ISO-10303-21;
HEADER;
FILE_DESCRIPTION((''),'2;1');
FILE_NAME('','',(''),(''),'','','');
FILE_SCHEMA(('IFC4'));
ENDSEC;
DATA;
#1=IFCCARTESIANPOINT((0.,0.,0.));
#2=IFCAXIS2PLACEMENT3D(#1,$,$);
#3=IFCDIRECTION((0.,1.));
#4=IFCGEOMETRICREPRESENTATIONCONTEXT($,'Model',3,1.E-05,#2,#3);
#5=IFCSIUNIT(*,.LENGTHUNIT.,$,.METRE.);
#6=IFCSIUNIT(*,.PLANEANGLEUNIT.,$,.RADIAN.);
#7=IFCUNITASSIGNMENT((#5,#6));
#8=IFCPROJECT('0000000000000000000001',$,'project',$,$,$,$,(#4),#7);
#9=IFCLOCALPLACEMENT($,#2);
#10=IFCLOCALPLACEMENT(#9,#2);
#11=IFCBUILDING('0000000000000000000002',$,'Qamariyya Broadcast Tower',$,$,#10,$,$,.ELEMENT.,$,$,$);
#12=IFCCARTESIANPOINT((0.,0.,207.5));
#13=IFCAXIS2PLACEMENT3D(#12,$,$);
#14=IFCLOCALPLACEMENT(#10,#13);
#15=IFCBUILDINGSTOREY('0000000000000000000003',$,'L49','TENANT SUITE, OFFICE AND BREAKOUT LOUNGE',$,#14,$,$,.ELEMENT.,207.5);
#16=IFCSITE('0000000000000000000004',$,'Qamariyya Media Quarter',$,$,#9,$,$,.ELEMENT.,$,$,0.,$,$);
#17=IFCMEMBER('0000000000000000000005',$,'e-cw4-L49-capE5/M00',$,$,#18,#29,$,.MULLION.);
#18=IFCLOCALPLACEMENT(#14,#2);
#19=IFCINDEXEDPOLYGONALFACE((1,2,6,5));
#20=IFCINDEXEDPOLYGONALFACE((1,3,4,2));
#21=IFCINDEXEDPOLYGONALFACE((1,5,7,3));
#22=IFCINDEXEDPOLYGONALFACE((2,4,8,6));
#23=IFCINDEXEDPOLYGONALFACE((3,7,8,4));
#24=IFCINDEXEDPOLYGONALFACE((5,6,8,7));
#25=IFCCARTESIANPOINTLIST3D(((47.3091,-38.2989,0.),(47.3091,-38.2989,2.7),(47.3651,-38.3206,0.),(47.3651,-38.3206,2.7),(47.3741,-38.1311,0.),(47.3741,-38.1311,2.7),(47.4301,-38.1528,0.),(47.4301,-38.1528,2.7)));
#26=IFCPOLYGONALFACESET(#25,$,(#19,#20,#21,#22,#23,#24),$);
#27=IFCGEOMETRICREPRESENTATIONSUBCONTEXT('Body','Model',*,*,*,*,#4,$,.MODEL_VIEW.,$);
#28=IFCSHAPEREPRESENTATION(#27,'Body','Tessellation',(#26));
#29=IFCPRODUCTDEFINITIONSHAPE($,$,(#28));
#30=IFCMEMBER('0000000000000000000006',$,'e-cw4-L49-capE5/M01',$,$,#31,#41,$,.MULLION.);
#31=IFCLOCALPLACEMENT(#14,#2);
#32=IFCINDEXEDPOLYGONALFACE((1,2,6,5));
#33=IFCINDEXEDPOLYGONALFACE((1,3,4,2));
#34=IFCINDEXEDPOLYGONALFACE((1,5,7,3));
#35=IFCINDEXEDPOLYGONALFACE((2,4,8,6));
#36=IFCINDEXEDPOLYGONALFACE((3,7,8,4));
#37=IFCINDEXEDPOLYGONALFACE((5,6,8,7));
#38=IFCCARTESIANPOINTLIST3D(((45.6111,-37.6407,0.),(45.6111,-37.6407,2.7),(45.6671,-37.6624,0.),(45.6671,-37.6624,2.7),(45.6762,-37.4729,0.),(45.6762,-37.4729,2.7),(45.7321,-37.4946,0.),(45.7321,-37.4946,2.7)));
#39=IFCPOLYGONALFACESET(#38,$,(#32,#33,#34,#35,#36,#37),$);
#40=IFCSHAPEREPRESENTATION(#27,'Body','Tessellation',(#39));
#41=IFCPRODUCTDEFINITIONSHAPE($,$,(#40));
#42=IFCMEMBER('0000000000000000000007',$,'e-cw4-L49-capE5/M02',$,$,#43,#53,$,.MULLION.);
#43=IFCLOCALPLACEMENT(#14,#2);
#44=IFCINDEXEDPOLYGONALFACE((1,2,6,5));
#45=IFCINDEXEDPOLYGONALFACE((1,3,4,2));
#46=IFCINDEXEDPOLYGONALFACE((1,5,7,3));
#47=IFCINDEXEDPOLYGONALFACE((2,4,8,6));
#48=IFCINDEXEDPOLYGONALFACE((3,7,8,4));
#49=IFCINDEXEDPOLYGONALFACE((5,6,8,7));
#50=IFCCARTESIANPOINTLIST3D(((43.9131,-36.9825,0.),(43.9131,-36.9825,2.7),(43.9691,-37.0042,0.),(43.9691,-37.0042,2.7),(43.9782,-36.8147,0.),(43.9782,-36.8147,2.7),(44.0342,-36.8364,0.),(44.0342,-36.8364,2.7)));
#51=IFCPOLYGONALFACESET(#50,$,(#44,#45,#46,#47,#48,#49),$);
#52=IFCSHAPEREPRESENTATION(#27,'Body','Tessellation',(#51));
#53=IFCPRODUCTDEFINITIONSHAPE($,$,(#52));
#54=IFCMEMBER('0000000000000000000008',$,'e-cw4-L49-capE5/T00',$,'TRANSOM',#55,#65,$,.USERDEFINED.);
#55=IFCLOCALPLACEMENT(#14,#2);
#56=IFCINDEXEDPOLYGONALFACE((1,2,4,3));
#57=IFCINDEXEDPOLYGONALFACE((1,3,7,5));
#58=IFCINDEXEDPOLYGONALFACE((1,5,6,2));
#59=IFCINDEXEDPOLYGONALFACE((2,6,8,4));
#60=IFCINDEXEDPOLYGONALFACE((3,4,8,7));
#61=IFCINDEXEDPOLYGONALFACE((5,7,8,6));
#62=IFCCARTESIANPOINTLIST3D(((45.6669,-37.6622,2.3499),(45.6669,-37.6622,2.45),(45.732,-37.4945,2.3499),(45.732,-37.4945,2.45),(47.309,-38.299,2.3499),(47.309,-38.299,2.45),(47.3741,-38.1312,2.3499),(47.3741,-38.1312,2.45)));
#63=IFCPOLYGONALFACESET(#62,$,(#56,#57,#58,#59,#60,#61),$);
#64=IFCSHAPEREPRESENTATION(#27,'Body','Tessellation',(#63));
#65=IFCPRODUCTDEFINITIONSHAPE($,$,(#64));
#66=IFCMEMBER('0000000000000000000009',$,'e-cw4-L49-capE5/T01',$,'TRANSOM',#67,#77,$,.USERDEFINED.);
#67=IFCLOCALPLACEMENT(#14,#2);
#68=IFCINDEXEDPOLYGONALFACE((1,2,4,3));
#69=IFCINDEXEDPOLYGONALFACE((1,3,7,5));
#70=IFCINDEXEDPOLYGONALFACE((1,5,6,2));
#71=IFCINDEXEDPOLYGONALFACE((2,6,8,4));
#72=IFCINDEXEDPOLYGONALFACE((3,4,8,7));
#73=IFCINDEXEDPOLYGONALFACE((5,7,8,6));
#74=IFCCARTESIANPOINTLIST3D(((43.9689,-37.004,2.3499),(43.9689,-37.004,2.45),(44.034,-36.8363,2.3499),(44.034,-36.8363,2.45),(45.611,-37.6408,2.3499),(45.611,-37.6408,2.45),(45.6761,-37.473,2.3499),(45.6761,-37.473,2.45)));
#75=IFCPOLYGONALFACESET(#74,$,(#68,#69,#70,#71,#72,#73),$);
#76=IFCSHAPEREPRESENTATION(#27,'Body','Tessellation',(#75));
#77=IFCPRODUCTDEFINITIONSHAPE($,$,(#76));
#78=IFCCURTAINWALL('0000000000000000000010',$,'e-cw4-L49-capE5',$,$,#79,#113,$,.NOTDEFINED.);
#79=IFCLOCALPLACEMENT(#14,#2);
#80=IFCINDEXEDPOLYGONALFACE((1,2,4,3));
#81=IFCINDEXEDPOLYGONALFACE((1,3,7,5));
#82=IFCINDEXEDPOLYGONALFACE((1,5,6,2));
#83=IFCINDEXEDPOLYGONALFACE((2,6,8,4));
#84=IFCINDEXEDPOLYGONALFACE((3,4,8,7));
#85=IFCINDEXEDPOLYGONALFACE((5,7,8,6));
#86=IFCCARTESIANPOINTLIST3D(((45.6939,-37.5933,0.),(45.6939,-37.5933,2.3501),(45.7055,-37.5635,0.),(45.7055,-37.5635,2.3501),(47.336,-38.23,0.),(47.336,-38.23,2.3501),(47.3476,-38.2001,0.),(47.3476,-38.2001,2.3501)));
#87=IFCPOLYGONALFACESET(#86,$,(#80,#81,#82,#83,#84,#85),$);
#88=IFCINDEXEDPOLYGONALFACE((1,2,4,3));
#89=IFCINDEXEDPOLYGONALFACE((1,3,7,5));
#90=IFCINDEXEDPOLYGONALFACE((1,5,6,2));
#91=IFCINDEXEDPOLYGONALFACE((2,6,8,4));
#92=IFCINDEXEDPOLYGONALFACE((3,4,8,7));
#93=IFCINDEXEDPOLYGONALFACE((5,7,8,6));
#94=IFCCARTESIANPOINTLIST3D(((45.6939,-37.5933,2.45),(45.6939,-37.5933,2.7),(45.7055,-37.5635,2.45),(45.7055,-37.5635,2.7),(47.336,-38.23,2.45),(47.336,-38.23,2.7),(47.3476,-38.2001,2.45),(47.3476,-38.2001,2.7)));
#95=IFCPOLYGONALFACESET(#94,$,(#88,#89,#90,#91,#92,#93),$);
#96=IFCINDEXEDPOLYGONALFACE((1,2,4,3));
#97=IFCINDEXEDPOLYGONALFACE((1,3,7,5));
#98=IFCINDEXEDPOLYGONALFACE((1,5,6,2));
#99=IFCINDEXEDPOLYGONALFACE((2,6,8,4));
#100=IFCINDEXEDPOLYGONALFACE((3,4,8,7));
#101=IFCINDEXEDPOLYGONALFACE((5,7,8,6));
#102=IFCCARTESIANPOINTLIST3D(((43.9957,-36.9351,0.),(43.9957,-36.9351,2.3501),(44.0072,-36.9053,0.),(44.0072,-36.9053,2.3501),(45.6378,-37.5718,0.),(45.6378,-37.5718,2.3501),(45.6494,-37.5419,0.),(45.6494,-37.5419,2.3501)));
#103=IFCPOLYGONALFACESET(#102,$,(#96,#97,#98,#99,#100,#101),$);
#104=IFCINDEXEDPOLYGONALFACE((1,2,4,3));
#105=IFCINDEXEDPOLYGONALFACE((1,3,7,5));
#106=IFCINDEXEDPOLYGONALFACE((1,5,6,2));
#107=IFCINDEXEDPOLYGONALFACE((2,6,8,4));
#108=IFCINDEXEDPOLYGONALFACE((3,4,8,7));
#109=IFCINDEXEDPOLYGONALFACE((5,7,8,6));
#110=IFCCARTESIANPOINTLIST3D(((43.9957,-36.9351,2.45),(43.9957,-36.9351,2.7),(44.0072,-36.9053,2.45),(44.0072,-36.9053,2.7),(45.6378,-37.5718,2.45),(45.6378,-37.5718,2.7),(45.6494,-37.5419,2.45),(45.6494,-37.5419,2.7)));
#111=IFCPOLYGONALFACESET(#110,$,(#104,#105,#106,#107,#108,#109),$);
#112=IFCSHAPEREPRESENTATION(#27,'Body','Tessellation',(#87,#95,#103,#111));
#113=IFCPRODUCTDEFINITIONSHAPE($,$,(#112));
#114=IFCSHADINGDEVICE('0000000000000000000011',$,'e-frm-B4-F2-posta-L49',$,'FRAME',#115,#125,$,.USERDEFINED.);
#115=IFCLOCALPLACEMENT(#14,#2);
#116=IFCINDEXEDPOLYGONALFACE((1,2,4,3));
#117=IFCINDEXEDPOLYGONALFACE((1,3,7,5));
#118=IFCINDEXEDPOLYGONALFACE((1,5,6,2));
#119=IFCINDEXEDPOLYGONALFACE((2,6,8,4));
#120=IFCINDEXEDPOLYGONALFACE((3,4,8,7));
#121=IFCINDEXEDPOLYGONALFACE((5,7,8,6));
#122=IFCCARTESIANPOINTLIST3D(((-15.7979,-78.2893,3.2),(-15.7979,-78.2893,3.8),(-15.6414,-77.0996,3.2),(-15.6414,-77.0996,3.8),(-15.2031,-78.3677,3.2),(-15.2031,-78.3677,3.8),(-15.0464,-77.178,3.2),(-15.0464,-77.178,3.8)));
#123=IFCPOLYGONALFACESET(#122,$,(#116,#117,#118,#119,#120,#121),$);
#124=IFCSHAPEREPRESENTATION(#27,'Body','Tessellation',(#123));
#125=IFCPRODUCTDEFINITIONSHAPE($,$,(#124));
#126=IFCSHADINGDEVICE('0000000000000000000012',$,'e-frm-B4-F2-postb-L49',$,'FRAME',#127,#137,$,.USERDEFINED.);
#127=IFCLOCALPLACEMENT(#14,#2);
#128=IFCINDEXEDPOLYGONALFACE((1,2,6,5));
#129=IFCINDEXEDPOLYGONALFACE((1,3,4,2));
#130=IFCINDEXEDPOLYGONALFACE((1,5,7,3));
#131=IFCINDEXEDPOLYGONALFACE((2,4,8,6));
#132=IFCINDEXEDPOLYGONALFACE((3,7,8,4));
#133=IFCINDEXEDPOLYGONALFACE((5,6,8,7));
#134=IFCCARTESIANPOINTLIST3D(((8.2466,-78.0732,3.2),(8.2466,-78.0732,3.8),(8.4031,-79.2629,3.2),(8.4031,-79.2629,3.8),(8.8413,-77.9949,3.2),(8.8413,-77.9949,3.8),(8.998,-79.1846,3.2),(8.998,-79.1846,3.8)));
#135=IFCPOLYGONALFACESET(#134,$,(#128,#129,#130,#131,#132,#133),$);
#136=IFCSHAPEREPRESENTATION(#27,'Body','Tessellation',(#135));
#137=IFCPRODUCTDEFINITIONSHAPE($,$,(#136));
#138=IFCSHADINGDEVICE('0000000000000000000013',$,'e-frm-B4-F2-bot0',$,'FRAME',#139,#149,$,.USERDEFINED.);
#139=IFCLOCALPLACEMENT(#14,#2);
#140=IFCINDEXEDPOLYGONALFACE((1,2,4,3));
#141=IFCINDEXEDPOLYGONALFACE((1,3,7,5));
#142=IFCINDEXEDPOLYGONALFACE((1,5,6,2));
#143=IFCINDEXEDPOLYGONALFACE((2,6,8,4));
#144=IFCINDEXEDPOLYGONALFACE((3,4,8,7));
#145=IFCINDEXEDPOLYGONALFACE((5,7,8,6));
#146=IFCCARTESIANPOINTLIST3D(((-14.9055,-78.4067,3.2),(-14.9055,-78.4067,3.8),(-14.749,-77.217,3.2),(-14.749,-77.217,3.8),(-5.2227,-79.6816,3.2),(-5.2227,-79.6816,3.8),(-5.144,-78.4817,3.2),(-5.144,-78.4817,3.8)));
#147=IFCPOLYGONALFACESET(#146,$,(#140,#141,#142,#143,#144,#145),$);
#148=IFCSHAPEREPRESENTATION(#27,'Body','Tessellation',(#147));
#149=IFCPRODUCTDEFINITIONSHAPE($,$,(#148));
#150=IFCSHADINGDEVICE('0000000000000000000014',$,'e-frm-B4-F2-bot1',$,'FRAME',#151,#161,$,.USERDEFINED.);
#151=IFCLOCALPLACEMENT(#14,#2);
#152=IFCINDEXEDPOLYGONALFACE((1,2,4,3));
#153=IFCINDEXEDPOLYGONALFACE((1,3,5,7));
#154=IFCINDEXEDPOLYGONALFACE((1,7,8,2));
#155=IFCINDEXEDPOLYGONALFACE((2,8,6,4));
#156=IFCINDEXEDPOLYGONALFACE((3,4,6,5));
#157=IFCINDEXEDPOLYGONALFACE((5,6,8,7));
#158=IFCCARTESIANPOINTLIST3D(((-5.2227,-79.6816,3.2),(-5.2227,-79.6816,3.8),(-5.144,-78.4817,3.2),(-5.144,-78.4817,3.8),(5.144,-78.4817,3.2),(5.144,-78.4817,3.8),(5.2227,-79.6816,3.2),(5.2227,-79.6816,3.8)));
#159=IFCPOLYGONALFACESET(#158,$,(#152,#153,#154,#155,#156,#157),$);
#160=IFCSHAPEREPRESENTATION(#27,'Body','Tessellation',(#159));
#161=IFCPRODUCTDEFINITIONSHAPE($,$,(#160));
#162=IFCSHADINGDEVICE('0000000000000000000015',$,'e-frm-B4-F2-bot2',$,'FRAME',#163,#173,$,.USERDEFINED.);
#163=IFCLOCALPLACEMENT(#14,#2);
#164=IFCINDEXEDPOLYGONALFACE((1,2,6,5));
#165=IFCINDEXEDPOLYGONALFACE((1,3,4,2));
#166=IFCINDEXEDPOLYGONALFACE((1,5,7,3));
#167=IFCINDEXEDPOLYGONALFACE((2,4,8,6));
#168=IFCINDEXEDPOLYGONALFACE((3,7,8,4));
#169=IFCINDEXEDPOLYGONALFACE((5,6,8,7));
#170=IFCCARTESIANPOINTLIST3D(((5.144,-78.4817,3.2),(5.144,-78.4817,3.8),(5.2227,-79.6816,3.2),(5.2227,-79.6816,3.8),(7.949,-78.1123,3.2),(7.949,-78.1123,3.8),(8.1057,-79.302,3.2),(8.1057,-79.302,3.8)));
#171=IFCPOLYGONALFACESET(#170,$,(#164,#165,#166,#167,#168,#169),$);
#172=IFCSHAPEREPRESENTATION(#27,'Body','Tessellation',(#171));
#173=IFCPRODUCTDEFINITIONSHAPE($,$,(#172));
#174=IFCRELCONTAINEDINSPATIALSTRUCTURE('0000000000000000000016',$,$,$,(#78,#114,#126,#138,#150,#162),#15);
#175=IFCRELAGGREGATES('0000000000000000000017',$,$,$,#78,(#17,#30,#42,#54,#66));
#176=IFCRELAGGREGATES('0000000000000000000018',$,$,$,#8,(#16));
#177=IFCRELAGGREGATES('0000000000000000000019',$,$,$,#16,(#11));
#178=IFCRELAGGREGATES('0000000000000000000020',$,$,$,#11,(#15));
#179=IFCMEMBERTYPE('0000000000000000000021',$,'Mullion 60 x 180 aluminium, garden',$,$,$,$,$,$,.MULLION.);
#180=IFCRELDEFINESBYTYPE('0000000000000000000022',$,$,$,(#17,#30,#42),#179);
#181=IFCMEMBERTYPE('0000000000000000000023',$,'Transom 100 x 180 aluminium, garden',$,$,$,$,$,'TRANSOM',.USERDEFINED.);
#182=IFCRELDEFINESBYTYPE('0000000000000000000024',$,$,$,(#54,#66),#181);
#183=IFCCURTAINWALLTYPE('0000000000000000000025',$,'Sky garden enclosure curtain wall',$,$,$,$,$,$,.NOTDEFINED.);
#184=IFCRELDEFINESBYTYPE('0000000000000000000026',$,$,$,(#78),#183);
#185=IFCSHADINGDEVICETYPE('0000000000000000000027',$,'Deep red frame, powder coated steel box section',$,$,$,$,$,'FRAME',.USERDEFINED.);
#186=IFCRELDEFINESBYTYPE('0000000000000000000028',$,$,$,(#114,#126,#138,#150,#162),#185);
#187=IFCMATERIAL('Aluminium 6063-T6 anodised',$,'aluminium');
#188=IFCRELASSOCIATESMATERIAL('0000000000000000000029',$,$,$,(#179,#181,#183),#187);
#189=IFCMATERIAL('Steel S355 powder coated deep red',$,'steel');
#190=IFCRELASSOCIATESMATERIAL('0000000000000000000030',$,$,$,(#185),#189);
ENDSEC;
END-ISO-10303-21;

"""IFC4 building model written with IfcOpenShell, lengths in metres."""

from ifc_helpers import new_model, si_unit, direction, frame, origin, origin_2d, place, context, subcontext, project, spatial, polyline, rectangle, outline, extrude, material, material_profile, profile_set, type_object, element, aggregate, save


model = new_model("IFC4")

# Units and contexts
model_context = context("Model", 3, precision=1e-05, world=origin(), true_north=direction((0.0, 1.0)))
body_context = subcontext(model_context, "Body", "Model", "MODEL_VIEW")
ifc_project = project(units=[si_unit("LENGTHUNIT", "METRE"), si_unit("PLANEANGLEUNIT", "RADIAN")], contexts=[model_context])

# Members
ifc_material_1 = material(Name="Aluminium 6063-T6 anodised", Category="aluminium")
ifc_material_profile_1 = material_profile(ifc_material_1, rectangle(XDim=0.1799, YDim=0.0601, at=origin_2d()))
ifc_profile_set_1 = profile_set([ifc_material_profile_1], Name="Aluminium 6063-T6 anodised")
member_type_1 = type_object("IfcMemberType", Name="Mullion 60 x 180 aluminium, garden", PredefinedType="MULLION", material=ifc_profile_set_1)
site_placement = place(None, origin())
building_placement = place(site_placement, origin())
storey_placement = place(building_placement, frame((0.0, 0.0, 207.5)))
member_1_placement = place(storey_placement, frame((47.3696, -38.2258, 0.0), z_axis=(0.0, 0.0, 1.0), x_axis=(-0.361462, -0.932387, 0.0)))
member_1 = element("IfcMember", 1, at=member_1_placement, type_object=member_type_1, Name="e-cw4-L49-capE5/M00", PredefinedType="MULLION", context=body_context, shape_type="SweptSolid", body=[
    extrude(rectangle(XDim=0.1799, YDim=0.0601, at=origin_2d()), origin(), (0.0, 0.0, 1.0), 2.7),
])
member_2_placement = place(storey_placement, frame((45.6716, -37.5676, 0.0), z_axis=(0.0, 0.0, 1.0), x_axis=(-0.361462, -0.932387, 0.0)))
member_2 = element("IfcMember", 2, at=member_2_placement, type_object=member_type_1, Name="e-cw4-L49-capE5/M01", PredefinedType="MULLION", context=body_context, shape_type="SweptSolid", body=[
    extrude(rectangle(XDim=0.1799, YDim=0.0601, at=origin_2d()), origin(), (0.0, 0.0, 1.0), 2.7),
])
member_3_placement = place(storey_placement, frame((43.9736, -36.9094, 0.0), z_axis=(0.0, 0.0, 1.0), x_axis=(-0.361462, -0.932387, 0.0)))
member_3 = element("IfcMember", 3, at=member_3_placement, type_object=member_type_1, Name="e-cw4-L49-capE5/M02", PredefinedType="MULLION", context=body_context, shape_type="SweptSolid", body=[
    extrude(rectangle(XDim=0.1799, YDim=0.0601, at=origin_2d()), origin(), (0.0, 0.0, 1.0), 2.7),
])
ifc_material_profile_2 = material_profile(ifc_material_1, rectangle(XDim=0.1799, YDim=0.1001, at=origin_2d()))
ifc_profile_set_2 = profile_set([ifc_material_profile_2], Name="Aluminium 6063-T6 anodised")
member_type_2 = type_object("IfcMemberType", Name="Transom 100 x 180 aluminium, garden", ElementType="TRANSOM", PredefinedType="USERDEFINED", material=ifc_profile_set_2)
member_4_placement = place(storey_placement, frame((47.3416, -38.2151, 2.3999), z_axis=(-0.932363, 0.361523, 0.0), x_axis=(-0.361523, -0.932363, 0.0)))
member_4 = element("IfcMember", 4, at=member_4_placement, type_object=member_type_2, Name="e-cw4-L49-capE5/T00", ObjectType="TRANSOM", PredefinedType="USERDEFINED", context=body_context, shape_type="SweptSolid", body=[
    extrude(rectangle(XDim=0.1799, YDim=0.1001, at=origin_2d()), origin(), (0.0, 0.0, 1.0), 1.7612),
])
member_5_placement = place(storey_placement, frame((45.6436, -37.5569, 2.3999), z_axis=(-0.932363, 0.361523, 0.0), x_axis=(-0.361523, -0.932363, 0.0)))
member_5 = element("IfcMember", 5, at=member_5_placement, type_object=member_type_2, Name="e-cw4-L49-capE5/T01", ObjectType="TRANSOM", PredefinedType="USERDEFINED", context=body_context, shape_type="SweptSolid", body=[
    extrude(rectangle(XDim=0.1799, YDim=0.1001, at=origin_2d()), origin(), (0.0, 0.0, 1.0), 1.7612),
])

# Site, building, storey
site = spatial("IfcSite", under=ifc_project, at=site_placement, Name="Qamariyya Media Quarter", CompositionType="ELEMENT", RefElevation=0.0)
building = spatial("IfcBuilding", under=site, at=building_placement, Name="Qamariyya Broadcast Tower", CompositionType="ELEMENT")
storey = spatial("IfcBuildingStorey", under=building, at=storey_placement, Name="L49", Description="TENANT SUITE, OFFICE AND BREAKOUT LOUNGE", CompositionType="ELEMENT", Elevation=207.5)

# Curtain wall
curtain_wall_type = type_object("IfcCurtainWallType", Name="Sky garden enclosure curtain wall", PredefinedType="NOTDEFINED", material=ifc_material_1)
curtain_wall_1_placement = place(storey_placement, origin())
curtain_wall_1 = element("IfcCurtainWall", 6, at=curtain_wall_1_placement, inside=storey, type_object=curtain_wall_type, Name="e-cw4-L49-capE5", PredefinedType="NOTDEFINED", context=body_context, shape_type="SweptSolid", body=[
    extrude(rectangle(XDim=1.7612, YDim=0.032, at=origin_2d()), frame((46.5208, -37.8967, 0.0), x_axis=(-0.93238, 0.361479, 0.0)), (0.0, 0.0, 1.0), 2.3501),
    extrude(rectangle(XDim=1.7612, YDim=0.032, at=origin_2d()), frame((46.5208, -37.8967, 2.45), x_axis=(-0.93238, 0.361479, 0.0)), (0.0, 0.0, 1.0), 0.25),
    extrude(rectangle(XDim=1.7612, YDim=0.032, at=origin_2d()), frame((44.8225, -37.2385, 0.0), x_axis=(-0.93238, 0.361479, 0.0)), (0.0, 0.0, 1.0), 2.3501),
    extrude(rectangle(XDim=1.7612, YDim=0.032, at=origin_2d()), frame((44.8225, -37.2385, 2.45), x_axis=(-0.93238, 0.361479, 0.0)), (0.0, 0.0, 1.0), 0.25),
])
aggregate(curtain_wall_1, [member_1, member_2, member_3, member_4, member_5])

# Shading devices
ifc_material_2 = material(Name="Steel S355 powder coated deep red", Category="steel")
shading_device_type = type_object("IfcShadingDeviceType", Name="Deep red frame, powder coated steel box section", ElementType="FRAME", PredefinedType="USERDEFINED", material=ifc_material_2)
shading_device_1_placement = place(storey_placement, frame((0.0, 0.0, 3.2)))
element("IfcShadingDevice", 7, at=shading_device_1_placement, inside=storey, type_object=shading_device_type, Name="e-frm-B4-F2-posta-L49", ObjectType="FRAME", PredefinedType="USERDEFINED", context=body_context, shape_type="SweptSolid", body=[
    extrude(outline(polyline([(-15.6414, -77.0996), (-15.7979, -78.2893), (-15.2031, -78.3677), (-15.0464, -77.178), (-15.6414, -77.0996)])), origin(), (0.0, 0.0, 1.0), 0.6001),
])
shading_device_2_placement = place(storey_placement, frame((0.0, 0.0, 3.2)))
element("IfcShadingDevice", 8, at=shading_device_2_placement, inside=storey, type_object=shading_device_type, Name="e-frm-B4-F2-postb-L49", ObjectType="FRAME", PredefinedType="USERDEFINED", context=body_context, shape_type="SweptSolid", body=[
    extrude(outline(polyline([(8.2466, -78.0732), (8.4031, -79.2629), (8.998, -79.1846), (8.8413, -77.9949), (8.2466, -78.0732)])), origin(), (0.0, 0.0, 1.0), 0.6001),
])
shading_device_3_placement = place(storey_placement, frame((0.0, 0.0, 3.2)))
element("IfcShadingDevice", 9, at=shading_device_3_placement, inside=storey, type_object=shading_device_type, Name="e-frm-B4-F2-bot0", ObjectType="FRAME", PredefinedType="USERDEFINED", context=body_context, shape_type="SweptSolid", body=[
    extrude(outline(polyline([(-14.749, -77.217), (-14.9055, -78.4067), (-5.2227, -79.6816), (-5.144, -78.4817), (-14.749, -77.217)])), origin(), (0.0, 0.0, 1.0), 0.6001),
])
shading_device_4_placement = place(storey_placement, frame((0.0, 0.0, 3.2)))
element("IfcShadingDevice", 10, at=shading_device_4_placement, inside=storey, type_object=shading_device_type, Name="e-frm-B4-F2-bot1", ObjectType="FRAME", PredefinedType="USERDEFINED", context=body_context, shape_type="SweptSolid", body=[
    extrude(outline(polyline([(-5.144, -78.4817), (-5.2227, -79.6816), (5.2227, -79.6816), (5.144, -78.4817), (-5.144, -78.4817)])), origin(), (0.0, 0.0, 1.0), 0.6001),
])
shading_device_5_placement = place(storey_placement, frame((0.0, 0.0, 3.2)))
element("IfcShadingDevice", 11, at=shading_device_5_placement, inside=storey, type_object=shading_device_type, Name="e-frm-B4-F2-bot2", ObjectType="FRAME", PredefinedType="USERDEFINED", context=body_context, shape_type="SweptSolid", body=[
    extrude(outline(polyline([(5.144, -78.4817), (5.2227, -79.6816), (8.1057, -79.302), (7.949, -78.1123), (5.144, -78.4817)])), origin(), (0.0, 0.0, 1.0), 0.6001),
])

save(model, "model.ifc")
